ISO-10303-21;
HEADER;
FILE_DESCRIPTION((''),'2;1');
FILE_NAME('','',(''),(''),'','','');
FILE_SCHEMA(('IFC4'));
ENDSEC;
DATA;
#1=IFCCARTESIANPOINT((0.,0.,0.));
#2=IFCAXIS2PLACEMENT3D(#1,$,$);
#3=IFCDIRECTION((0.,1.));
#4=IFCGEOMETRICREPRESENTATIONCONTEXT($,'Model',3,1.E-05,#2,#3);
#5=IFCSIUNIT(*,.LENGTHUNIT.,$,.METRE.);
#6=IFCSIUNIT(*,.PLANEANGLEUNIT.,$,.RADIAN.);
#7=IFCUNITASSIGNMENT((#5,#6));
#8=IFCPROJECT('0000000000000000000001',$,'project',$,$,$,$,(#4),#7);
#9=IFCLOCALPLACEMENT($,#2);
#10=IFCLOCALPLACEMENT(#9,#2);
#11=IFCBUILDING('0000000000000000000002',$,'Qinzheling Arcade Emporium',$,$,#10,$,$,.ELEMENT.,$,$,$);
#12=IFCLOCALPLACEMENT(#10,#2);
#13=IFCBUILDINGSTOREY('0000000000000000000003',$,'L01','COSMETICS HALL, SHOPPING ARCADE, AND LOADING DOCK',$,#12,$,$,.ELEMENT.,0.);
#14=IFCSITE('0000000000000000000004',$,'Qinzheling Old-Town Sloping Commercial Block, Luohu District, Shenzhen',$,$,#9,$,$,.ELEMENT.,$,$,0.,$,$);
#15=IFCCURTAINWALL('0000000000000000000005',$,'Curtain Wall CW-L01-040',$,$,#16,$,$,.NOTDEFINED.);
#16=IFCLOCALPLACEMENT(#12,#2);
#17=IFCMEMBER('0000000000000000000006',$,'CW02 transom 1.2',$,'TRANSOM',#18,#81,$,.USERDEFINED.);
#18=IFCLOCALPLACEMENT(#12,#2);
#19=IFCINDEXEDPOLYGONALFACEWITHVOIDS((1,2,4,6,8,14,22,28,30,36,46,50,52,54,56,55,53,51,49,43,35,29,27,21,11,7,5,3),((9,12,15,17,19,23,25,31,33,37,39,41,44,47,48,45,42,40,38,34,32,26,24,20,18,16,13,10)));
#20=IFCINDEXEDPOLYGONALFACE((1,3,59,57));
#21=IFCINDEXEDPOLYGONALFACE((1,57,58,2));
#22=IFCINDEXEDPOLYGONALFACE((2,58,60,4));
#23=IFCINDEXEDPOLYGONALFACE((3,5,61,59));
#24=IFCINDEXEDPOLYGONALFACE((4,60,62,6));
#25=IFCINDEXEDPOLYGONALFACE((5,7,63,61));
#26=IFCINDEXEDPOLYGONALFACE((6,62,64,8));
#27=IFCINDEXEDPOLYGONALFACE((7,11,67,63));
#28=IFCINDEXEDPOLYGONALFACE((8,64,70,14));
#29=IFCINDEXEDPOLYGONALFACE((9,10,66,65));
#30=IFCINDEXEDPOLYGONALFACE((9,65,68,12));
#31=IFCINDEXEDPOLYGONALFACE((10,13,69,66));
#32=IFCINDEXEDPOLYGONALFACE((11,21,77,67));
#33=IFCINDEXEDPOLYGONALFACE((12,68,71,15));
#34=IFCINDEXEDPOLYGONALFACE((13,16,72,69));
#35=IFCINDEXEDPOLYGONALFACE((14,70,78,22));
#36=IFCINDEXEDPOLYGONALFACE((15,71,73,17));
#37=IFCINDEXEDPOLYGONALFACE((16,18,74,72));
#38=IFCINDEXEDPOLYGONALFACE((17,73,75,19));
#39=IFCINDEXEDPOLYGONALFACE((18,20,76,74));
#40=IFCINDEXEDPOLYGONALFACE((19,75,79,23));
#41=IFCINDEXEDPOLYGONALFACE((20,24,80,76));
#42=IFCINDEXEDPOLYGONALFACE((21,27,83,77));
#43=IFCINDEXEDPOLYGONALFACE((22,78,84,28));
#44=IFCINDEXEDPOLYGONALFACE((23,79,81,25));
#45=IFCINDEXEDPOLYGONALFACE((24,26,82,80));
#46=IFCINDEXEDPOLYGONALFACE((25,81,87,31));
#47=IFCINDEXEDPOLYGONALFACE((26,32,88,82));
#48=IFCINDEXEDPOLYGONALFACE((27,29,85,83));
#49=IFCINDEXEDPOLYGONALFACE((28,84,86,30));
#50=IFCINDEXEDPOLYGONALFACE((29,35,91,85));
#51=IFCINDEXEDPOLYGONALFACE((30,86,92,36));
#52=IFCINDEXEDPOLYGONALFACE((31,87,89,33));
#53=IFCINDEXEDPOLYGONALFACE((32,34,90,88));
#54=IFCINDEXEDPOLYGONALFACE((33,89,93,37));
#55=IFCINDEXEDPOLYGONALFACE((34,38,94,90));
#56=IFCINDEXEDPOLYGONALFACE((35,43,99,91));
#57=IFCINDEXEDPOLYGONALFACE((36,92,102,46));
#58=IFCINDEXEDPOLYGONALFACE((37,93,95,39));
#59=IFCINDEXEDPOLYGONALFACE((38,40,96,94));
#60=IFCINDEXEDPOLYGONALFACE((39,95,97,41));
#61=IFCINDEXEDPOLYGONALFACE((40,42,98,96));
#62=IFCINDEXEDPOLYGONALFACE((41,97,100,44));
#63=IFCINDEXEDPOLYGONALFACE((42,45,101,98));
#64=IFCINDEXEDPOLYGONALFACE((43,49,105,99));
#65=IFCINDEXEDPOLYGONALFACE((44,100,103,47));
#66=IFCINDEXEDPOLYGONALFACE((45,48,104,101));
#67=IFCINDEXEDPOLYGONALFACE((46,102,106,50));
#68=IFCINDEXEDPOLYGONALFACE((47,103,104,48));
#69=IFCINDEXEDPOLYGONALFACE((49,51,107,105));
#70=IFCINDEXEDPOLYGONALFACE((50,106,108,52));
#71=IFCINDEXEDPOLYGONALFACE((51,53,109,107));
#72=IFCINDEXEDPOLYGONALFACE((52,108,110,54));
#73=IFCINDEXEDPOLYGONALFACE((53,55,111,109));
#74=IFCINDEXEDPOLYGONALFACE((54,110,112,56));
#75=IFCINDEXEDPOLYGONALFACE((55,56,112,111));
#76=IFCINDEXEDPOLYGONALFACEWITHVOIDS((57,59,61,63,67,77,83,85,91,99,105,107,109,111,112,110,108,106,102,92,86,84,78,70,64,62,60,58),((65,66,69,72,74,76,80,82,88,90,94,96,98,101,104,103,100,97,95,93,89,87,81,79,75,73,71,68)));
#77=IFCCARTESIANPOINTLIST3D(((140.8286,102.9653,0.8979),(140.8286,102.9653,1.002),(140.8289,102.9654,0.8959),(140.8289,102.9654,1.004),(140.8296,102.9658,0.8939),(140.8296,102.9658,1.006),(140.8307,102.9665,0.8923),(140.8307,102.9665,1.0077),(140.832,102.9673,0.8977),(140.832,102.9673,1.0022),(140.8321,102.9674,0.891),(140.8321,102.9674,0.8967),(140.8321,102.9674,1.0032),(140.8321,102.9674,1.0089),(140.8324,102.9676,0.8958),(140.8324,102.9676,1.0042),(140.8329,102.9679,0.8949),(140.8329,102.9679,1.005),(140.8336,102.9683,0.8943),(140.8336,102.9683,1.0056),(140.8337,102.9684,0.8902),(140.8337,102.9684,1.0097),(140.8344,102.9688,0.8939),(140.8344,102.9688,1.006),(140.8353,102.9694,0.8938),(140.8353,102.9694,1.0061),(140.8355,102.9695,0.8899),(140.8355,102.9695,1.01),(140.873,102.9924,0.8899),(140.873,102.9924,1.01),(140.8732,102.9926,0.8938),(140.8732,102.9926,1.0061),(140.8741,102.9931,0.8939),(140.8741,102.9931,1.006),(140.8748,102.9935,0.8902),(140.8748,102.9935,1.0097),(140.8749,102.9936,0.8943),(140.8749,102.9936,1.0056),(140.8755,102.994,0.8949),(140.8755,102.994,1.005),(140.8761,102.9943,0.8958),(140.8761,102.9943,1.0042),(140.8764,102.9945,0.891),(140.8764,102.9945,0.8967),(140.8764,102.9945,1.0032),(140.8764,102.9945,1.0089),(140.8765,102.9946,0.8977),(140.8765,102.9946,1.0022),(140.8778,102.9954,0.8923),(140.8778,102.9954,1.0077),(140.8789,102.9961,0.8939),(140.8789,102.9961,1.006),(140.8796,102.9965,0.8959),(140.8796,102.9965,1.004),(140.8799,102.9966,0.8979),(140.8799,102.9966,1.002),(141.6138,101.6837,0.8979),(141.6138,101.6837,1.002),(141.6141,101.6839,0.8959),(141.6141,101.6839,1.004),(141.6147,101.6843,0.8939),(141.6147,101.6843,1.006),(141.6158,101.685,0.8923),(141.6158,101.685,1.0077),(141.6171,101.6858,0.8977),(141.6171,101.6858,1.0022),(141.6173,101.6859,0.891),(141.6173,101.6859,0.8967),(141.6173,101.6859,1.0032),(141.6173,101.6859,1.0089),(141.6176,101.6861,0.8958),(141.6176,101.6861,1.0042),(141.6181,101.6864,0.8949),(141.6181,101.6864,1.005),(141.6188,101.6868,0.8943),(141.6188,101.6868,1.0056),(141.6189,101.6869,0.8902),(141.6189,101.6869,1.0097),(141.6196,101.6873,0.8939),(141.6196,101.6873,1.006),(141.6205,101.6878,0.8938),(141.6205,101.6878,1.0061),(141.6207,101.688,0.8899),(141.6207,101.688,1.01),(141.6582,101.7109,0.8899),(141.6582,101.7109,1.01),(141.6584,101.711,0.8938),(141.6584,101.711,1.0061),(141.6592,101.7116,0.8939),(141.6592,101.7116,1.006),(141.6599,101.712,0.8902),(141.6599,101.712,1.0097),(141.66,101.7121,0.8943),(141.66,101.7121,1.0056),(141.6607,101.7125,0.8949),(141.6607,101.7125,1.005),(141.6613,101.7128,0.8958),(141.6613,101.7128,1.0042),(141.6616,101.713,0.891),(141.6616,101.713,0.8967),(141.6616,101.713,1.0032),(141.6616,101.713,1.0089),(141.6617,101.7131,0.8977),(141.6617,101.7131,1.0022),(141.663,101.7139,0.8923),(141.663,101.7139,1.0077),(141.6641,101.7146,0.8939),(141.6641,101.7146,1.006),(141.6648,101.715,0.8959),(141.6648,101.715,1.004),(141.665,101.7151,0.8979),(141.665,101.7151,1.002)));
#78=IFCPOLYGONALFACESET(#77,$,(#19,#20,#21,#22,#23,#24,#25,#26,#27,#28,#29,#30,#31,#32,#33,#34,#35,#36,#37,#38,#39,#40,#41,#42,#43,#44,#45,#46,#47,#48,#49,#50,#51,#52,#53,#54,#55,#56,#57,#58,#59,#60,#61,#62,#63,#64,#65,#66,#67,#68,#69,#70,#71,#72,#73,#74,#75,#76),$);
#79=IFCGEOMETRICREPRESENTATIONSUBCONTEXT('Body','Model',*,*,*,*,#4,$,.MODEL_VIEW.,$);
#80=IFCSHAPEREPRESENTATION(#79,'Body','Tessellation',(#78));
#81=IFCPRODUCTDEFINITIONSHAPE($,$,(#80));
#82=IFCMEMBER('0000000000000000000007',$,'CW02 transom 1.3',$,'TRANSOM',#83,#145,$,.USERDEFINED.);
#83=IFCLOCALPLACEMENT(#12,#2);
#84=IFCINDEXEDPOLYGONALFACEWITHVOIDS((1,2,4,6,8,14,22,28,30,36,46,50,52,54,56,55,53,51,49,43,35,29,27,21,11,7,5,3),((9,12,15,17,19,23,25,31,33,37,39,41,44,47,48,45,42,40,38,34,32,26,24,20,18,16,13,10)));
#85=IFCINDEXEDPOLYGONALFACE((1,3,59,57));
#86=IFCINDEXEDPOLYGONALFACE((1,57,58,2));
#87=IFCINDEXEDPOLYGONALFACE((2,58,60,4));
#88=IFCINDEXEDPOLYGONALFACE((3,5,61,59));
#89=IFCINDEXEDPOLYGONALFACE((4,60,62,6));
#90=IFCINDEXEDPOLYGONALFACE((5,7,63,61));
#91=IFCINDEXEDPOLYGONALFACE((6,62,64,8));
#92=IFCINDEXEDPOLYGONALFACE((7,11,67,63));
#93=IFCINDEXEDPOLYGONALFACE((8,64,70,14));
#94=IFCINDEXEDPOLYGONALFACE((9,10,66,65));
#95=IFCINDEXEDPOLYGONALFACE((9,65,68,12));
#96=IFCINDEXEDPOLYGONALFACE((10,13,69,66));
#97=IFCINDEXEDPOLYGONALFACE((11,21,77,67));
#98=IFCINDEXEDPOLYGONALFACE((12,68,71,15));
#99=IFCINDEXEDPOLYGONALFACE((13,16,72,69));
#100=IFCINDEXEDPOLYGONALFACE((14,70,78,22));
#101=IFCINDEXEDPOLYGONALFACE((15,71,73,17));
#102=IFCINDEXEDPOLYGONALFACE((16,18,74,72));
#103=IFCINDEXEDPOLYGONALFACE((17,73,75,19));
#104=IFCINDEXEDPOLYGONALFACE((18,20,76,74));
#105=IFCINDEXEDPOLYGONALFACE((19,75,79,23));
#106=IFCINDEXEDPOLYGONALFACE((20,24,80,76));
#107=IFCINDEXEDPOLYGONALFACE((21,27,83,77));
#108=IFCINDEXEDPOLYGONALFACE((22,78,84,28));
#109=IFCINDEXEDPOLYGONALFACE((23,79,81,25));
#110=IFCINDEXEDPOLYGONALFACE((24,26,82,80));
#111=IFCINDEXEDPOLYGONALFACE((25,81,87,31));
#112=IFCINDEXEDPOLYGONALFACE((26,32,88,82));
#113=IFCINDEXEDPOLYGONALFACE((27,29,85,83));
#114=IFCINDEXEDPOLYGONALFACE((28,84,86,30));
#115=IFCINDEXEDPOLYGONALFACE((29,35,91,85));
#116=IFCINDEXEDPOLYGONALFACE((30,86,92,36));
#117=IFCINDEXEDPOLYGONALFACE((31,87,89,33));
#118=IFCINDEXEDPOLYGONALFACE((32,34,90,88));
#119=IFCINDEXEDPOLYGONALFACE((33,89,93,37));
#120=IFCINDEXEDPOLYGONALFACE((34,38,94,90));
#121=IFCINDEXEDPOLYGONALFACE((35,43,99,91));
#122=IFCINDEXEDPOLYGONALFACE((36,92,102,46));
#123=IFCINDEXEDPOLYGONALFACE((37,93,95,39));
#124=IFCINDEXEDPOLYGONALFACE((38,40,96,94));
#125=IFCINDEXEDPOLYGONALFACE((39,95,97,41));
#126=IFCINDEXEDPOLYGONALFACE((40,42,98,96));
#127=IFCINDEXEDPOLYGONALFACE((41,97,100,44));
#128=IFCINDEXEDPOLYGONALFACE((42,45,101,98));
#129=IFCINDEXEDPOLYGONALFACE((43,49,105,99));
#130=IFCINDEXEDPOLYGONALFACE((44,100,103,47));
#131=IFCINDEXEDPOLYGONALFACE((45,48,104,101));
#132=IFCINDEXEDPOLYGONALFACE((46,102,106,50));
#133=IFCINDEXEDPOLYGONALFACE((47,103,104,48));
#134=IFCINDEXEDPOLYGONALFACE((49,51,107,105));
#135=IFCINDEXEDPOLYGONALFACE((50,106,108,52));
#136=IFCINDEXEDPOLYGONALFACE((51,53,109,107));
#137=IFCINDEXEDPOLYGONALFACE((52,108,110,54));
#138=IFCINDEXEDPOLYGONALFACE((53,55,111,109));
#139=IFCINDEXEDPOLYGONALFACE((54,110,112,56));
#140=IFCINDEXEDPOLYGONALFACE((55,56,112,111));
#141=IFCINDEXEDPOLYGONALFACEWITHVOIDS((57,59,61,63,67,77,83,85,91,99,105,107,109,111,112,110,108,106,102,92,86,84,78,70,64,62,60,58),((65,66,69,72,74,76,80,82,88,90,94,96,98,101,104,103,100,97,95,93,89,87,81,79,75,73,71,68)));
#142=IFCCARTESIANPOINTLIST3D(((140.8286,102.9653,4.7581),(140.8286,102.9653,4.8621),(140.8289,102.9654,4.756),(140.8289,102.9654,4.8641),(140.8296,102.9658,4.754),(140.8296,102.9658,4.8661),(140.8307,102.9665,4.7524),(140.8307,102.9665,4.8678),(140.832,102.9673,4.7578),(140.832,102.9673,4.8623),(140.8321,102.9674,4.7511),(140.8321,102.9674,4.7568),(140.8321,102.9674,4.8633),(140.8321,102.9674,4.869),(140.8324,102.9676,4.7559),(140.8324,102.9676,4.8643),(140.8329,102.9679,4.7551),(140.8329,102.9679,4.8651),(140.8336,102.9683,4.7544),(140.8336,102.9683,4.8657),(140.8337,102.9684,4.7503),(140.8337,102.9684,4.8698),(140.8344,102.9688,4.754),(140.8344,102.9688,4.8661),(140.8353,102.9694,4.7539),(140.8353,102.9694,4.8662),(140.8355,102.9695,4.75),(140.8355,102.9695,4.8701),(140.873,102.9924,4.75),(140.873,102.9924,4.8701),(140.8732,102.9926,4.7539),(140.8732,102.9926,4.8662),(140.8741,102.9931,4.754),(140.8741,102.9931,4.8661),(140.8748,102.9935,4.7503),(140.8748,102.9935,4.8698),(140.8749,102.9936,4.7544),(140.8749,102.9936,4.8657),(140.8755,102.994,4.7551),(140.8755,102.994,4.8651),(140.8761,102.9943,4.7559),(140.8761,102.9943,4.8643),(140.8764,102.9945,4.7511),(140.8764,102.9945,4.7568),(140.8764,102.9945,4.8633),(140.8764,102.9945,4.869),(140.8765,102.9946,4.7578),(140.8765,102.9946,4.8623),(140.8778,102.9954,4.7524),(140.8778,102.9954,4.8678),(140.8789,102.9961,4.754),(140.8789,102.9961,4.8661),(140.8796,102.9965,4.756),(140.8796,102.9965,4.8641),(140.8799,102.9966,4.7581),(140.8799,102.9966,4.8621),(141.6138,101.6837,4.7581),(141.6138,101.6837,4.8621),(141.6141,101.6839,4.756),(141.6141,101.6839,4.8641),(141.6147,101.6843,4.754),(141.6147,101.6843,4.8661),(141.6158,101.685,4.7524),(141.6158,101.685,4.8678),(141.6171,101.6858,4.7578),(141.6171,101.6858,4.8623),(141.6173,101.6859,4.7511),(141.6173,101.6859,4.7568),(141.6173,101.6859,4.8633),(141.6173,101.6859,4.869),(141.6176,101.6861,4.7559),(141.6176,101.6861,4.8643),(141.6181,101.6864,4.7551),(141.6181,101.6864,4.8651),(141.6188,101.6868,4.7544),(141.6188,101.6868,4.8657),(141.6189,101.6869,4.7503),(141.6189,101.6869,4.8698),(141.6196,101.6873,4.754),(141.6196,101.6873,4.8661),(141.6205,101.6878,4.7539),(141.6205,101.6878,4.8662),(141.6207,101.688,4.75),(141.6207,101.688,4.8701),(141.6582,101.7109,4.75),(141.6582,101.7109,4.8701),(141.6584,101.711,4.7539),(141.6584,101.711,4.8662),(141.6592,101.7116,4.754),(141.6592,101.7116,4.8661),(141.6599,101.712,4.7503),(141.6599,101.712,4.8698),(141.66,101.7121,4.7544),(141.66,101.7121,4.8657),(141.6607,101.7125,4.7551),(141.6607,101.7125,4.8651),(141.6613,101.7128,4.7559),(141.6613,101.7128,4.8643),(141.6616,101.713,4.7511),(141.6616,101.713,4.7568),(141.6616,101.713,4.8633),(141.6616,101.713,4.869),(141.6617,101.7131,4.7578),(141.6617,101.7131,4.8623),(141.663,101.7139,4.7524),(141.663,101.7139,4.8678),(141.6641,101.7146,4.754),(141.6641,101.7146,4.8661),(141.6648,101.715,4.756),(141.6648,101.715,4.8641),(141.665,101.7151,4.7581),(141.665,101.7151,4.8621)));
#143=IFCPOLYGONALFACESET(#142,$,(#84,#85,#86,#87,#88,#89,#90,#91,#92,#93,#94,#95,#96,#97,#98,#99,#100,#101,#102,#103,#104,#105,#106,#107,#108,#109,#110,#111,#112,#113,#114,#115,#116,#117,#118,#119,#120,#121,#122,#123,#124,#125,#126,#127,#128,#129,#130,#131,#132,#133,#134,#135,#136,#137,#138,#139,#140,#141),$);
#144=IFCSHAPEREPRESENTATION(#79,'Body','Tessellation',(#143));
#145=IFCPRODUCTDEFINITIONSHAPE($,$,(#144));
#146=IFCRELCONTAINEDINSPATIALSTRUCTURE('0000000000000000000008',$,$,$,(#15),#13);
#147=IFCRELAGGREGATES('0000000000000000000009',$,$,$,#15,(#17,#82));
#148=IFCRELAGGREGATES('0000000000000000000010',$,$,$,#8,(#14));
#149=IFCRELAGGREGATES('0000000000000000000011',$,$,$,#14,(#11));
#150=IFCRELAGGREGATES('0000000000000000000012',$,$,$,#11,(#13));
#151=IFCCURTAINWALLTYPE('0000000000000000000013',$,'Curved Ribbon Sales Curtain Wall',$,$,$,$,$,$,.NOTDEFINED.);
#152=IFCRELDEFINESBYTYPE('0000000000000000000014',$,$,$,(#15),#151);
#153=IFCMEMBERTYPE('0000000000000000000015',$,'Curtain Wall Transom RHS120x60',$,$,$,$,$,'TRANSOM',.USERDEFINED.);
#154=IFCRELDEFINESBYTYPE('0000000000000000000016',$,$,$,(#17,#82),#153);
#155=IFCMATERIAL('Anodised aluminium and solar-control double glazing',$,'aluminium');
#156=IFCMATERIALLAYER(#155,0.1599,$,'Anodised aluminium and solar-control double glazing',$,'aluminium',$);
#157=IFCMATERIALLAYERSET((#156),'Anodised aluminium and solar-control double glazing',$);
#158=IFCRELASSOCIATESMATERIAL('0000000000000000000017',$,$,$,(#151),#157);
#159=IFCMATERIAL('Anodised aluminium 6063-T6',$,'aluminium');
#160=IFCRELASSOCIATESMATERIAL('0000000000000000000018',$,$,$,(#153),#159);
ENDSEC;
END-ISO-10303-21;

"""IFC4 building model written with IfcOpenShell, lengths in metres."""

from ifc_helpers import new_model, si_unit, direction, frame, origin, origin_2d, place, context, subcontext, project, spatial, hollow_rectangle, extrude, material, layer, layer_set, material_profile, profile_set, type_object, element, aggregate, save


model = new_model("IFC4")

# Units and contexts
model_context = context("Model", 3, precision=1e-05, world=origin(), true_north=direction((0.0, 1.0)))
body_context = subcontext(model_context, "Body", "Model", "MODEL_VIEW")
ifc_project = project(units=[si_unit("LENGTHUNIT", "METRE"), si_unit("PLANEANGLEUNIT", "RADIAN")], contexts=[model_context])

# Site, building, storey
site_placement = place(None, origin())
site = spatial("IfcSite", under=ifc_project, at=site_placement, Name="Qinzheling Old-Town Sloping Commercial Block, Luohu District, Shenzhen", CompositionType="ELEMENT", RefElevation=0.0)
building_placement = place(site_placement, origin())
building = spatial("IfcBuilding", under=site, at=building_placement, Name="Qinzheling Arcade Emporium", CompositionType="ELEMENT")
storey_placement = place(building_placement, origin())
storey = spatial("IfcBuildingStorey", under=building, at=storey_placement, Name="L01", Description="COSMETICS HALL, SHOPPING ARCADE, AND LOADING DOCK", CompositionType="ELEMENT", Elevation=0.0)

# Shared definitions
ifc_material_1 = material(Name="Anodised aluminium and solar-control double glazing", Category="aluminium")
ifc_layer_1 = layer(ifc_material_1, 0.1599, Name="Anodised aluminium and solar-control double glazing", Category="aluminium")
ifc_layer_set_1 = layer_set([ifc_layer_1], Name="Anodised aluminium and solar-control double glazing")
curtain_wall_type = type_object("IfcCurtainWallType", Name="Curved Ribbon Sales Curtain Wall", PredefinedType="NOTDEFINED", material=ifc_layer_set_1)
ifc_material_2 = material(Name="Anodised aluminium 6063-T6", Category="aluminium")

# Curtain wall
curtain_wall_1_placement = place(storey_placement, origin())
curtain_wall_1 = element("IfcCurtainWall", 1, at=curtain_wall_1_placement, inside=storey, type_object=curtain_wall_type, Name="Curtain Wall CW-L01-040", PredefinedType="NOTDEFINED")

# Members
ifc_material_profile_1 = material_profile(ifc_material_2, hollow_rectangle(XDim=0.0601, YDim=0.1201, WallThickness=0.0039, InnerFilletRadius=0.0039, OuterFilletRadius=0.0081, at=origin_2d()), Name="RHS 120x60x4", Category="aluminium")
ifc_profile_set_1 = profile_set([ifc_material_profile_1], Name="Anodised aluminium 6063-T6")
member_type_1 = type_object("IfcMemberType", Name="Curtain Wall Transom RHS120x60", ElementType="TRANSOM", PredefinedType="USERDEFINED", material=ifc_profile_set_1)
member_1_placement = place(storey_placement, frame((140.8542, 102.981, 0.95), z_axis=(0.522429, -0.852683, 0.0), x_axis=(0.852683, 0.522429, 0.0)))
member_1 = element("IfcMember", 2, at=member_1_placement, type_object=member_type_1, Name="CW02 transom 1.2", ObjectType="TRANSOM", PredefinedType="USERDEFINED", context=body_context, shape_type="SweptSolid", body=[
    extrude(hollow_rectangle(XDim=0.0601, YDim=0.1201, WallThickness=0.0039, InnerFilletRadius=0.0039, OuterFilletRadius=0.0081, at=origin_2d()), origin(), (0.0, 0.0, 1.0), 1.5029),
])
member_2_placement = place(storey_placement, frame((140.8542, 102.981, 4.8101), z_axis=(0.522429, -0.852683, 0.0), x_axis=(0.852683, 0.522429, 0.0)))
member_2 = element("IfcMember", 3, at=member_2_placement, type_object=member_type_1, Name="CW02 transom 1.3", ObjectType="TRANSOM", PredefinedType="USERDEFINED", context=body_context, shape_type="SweptSolid", body=[
    extrude(hollow_rectangle(XDim=0.0601, YDim=0.1201, WallThickness=0.0039, InnerFilletRadius=0.0039, OuterFilletRadius=0.0081, at=origin_2d()), origin(), (0.0, 0.0, 1.0), 1.5029),
])

aggregate(curtain_wall_1, [member_1, member_2])

save(model, "model.ifc")
